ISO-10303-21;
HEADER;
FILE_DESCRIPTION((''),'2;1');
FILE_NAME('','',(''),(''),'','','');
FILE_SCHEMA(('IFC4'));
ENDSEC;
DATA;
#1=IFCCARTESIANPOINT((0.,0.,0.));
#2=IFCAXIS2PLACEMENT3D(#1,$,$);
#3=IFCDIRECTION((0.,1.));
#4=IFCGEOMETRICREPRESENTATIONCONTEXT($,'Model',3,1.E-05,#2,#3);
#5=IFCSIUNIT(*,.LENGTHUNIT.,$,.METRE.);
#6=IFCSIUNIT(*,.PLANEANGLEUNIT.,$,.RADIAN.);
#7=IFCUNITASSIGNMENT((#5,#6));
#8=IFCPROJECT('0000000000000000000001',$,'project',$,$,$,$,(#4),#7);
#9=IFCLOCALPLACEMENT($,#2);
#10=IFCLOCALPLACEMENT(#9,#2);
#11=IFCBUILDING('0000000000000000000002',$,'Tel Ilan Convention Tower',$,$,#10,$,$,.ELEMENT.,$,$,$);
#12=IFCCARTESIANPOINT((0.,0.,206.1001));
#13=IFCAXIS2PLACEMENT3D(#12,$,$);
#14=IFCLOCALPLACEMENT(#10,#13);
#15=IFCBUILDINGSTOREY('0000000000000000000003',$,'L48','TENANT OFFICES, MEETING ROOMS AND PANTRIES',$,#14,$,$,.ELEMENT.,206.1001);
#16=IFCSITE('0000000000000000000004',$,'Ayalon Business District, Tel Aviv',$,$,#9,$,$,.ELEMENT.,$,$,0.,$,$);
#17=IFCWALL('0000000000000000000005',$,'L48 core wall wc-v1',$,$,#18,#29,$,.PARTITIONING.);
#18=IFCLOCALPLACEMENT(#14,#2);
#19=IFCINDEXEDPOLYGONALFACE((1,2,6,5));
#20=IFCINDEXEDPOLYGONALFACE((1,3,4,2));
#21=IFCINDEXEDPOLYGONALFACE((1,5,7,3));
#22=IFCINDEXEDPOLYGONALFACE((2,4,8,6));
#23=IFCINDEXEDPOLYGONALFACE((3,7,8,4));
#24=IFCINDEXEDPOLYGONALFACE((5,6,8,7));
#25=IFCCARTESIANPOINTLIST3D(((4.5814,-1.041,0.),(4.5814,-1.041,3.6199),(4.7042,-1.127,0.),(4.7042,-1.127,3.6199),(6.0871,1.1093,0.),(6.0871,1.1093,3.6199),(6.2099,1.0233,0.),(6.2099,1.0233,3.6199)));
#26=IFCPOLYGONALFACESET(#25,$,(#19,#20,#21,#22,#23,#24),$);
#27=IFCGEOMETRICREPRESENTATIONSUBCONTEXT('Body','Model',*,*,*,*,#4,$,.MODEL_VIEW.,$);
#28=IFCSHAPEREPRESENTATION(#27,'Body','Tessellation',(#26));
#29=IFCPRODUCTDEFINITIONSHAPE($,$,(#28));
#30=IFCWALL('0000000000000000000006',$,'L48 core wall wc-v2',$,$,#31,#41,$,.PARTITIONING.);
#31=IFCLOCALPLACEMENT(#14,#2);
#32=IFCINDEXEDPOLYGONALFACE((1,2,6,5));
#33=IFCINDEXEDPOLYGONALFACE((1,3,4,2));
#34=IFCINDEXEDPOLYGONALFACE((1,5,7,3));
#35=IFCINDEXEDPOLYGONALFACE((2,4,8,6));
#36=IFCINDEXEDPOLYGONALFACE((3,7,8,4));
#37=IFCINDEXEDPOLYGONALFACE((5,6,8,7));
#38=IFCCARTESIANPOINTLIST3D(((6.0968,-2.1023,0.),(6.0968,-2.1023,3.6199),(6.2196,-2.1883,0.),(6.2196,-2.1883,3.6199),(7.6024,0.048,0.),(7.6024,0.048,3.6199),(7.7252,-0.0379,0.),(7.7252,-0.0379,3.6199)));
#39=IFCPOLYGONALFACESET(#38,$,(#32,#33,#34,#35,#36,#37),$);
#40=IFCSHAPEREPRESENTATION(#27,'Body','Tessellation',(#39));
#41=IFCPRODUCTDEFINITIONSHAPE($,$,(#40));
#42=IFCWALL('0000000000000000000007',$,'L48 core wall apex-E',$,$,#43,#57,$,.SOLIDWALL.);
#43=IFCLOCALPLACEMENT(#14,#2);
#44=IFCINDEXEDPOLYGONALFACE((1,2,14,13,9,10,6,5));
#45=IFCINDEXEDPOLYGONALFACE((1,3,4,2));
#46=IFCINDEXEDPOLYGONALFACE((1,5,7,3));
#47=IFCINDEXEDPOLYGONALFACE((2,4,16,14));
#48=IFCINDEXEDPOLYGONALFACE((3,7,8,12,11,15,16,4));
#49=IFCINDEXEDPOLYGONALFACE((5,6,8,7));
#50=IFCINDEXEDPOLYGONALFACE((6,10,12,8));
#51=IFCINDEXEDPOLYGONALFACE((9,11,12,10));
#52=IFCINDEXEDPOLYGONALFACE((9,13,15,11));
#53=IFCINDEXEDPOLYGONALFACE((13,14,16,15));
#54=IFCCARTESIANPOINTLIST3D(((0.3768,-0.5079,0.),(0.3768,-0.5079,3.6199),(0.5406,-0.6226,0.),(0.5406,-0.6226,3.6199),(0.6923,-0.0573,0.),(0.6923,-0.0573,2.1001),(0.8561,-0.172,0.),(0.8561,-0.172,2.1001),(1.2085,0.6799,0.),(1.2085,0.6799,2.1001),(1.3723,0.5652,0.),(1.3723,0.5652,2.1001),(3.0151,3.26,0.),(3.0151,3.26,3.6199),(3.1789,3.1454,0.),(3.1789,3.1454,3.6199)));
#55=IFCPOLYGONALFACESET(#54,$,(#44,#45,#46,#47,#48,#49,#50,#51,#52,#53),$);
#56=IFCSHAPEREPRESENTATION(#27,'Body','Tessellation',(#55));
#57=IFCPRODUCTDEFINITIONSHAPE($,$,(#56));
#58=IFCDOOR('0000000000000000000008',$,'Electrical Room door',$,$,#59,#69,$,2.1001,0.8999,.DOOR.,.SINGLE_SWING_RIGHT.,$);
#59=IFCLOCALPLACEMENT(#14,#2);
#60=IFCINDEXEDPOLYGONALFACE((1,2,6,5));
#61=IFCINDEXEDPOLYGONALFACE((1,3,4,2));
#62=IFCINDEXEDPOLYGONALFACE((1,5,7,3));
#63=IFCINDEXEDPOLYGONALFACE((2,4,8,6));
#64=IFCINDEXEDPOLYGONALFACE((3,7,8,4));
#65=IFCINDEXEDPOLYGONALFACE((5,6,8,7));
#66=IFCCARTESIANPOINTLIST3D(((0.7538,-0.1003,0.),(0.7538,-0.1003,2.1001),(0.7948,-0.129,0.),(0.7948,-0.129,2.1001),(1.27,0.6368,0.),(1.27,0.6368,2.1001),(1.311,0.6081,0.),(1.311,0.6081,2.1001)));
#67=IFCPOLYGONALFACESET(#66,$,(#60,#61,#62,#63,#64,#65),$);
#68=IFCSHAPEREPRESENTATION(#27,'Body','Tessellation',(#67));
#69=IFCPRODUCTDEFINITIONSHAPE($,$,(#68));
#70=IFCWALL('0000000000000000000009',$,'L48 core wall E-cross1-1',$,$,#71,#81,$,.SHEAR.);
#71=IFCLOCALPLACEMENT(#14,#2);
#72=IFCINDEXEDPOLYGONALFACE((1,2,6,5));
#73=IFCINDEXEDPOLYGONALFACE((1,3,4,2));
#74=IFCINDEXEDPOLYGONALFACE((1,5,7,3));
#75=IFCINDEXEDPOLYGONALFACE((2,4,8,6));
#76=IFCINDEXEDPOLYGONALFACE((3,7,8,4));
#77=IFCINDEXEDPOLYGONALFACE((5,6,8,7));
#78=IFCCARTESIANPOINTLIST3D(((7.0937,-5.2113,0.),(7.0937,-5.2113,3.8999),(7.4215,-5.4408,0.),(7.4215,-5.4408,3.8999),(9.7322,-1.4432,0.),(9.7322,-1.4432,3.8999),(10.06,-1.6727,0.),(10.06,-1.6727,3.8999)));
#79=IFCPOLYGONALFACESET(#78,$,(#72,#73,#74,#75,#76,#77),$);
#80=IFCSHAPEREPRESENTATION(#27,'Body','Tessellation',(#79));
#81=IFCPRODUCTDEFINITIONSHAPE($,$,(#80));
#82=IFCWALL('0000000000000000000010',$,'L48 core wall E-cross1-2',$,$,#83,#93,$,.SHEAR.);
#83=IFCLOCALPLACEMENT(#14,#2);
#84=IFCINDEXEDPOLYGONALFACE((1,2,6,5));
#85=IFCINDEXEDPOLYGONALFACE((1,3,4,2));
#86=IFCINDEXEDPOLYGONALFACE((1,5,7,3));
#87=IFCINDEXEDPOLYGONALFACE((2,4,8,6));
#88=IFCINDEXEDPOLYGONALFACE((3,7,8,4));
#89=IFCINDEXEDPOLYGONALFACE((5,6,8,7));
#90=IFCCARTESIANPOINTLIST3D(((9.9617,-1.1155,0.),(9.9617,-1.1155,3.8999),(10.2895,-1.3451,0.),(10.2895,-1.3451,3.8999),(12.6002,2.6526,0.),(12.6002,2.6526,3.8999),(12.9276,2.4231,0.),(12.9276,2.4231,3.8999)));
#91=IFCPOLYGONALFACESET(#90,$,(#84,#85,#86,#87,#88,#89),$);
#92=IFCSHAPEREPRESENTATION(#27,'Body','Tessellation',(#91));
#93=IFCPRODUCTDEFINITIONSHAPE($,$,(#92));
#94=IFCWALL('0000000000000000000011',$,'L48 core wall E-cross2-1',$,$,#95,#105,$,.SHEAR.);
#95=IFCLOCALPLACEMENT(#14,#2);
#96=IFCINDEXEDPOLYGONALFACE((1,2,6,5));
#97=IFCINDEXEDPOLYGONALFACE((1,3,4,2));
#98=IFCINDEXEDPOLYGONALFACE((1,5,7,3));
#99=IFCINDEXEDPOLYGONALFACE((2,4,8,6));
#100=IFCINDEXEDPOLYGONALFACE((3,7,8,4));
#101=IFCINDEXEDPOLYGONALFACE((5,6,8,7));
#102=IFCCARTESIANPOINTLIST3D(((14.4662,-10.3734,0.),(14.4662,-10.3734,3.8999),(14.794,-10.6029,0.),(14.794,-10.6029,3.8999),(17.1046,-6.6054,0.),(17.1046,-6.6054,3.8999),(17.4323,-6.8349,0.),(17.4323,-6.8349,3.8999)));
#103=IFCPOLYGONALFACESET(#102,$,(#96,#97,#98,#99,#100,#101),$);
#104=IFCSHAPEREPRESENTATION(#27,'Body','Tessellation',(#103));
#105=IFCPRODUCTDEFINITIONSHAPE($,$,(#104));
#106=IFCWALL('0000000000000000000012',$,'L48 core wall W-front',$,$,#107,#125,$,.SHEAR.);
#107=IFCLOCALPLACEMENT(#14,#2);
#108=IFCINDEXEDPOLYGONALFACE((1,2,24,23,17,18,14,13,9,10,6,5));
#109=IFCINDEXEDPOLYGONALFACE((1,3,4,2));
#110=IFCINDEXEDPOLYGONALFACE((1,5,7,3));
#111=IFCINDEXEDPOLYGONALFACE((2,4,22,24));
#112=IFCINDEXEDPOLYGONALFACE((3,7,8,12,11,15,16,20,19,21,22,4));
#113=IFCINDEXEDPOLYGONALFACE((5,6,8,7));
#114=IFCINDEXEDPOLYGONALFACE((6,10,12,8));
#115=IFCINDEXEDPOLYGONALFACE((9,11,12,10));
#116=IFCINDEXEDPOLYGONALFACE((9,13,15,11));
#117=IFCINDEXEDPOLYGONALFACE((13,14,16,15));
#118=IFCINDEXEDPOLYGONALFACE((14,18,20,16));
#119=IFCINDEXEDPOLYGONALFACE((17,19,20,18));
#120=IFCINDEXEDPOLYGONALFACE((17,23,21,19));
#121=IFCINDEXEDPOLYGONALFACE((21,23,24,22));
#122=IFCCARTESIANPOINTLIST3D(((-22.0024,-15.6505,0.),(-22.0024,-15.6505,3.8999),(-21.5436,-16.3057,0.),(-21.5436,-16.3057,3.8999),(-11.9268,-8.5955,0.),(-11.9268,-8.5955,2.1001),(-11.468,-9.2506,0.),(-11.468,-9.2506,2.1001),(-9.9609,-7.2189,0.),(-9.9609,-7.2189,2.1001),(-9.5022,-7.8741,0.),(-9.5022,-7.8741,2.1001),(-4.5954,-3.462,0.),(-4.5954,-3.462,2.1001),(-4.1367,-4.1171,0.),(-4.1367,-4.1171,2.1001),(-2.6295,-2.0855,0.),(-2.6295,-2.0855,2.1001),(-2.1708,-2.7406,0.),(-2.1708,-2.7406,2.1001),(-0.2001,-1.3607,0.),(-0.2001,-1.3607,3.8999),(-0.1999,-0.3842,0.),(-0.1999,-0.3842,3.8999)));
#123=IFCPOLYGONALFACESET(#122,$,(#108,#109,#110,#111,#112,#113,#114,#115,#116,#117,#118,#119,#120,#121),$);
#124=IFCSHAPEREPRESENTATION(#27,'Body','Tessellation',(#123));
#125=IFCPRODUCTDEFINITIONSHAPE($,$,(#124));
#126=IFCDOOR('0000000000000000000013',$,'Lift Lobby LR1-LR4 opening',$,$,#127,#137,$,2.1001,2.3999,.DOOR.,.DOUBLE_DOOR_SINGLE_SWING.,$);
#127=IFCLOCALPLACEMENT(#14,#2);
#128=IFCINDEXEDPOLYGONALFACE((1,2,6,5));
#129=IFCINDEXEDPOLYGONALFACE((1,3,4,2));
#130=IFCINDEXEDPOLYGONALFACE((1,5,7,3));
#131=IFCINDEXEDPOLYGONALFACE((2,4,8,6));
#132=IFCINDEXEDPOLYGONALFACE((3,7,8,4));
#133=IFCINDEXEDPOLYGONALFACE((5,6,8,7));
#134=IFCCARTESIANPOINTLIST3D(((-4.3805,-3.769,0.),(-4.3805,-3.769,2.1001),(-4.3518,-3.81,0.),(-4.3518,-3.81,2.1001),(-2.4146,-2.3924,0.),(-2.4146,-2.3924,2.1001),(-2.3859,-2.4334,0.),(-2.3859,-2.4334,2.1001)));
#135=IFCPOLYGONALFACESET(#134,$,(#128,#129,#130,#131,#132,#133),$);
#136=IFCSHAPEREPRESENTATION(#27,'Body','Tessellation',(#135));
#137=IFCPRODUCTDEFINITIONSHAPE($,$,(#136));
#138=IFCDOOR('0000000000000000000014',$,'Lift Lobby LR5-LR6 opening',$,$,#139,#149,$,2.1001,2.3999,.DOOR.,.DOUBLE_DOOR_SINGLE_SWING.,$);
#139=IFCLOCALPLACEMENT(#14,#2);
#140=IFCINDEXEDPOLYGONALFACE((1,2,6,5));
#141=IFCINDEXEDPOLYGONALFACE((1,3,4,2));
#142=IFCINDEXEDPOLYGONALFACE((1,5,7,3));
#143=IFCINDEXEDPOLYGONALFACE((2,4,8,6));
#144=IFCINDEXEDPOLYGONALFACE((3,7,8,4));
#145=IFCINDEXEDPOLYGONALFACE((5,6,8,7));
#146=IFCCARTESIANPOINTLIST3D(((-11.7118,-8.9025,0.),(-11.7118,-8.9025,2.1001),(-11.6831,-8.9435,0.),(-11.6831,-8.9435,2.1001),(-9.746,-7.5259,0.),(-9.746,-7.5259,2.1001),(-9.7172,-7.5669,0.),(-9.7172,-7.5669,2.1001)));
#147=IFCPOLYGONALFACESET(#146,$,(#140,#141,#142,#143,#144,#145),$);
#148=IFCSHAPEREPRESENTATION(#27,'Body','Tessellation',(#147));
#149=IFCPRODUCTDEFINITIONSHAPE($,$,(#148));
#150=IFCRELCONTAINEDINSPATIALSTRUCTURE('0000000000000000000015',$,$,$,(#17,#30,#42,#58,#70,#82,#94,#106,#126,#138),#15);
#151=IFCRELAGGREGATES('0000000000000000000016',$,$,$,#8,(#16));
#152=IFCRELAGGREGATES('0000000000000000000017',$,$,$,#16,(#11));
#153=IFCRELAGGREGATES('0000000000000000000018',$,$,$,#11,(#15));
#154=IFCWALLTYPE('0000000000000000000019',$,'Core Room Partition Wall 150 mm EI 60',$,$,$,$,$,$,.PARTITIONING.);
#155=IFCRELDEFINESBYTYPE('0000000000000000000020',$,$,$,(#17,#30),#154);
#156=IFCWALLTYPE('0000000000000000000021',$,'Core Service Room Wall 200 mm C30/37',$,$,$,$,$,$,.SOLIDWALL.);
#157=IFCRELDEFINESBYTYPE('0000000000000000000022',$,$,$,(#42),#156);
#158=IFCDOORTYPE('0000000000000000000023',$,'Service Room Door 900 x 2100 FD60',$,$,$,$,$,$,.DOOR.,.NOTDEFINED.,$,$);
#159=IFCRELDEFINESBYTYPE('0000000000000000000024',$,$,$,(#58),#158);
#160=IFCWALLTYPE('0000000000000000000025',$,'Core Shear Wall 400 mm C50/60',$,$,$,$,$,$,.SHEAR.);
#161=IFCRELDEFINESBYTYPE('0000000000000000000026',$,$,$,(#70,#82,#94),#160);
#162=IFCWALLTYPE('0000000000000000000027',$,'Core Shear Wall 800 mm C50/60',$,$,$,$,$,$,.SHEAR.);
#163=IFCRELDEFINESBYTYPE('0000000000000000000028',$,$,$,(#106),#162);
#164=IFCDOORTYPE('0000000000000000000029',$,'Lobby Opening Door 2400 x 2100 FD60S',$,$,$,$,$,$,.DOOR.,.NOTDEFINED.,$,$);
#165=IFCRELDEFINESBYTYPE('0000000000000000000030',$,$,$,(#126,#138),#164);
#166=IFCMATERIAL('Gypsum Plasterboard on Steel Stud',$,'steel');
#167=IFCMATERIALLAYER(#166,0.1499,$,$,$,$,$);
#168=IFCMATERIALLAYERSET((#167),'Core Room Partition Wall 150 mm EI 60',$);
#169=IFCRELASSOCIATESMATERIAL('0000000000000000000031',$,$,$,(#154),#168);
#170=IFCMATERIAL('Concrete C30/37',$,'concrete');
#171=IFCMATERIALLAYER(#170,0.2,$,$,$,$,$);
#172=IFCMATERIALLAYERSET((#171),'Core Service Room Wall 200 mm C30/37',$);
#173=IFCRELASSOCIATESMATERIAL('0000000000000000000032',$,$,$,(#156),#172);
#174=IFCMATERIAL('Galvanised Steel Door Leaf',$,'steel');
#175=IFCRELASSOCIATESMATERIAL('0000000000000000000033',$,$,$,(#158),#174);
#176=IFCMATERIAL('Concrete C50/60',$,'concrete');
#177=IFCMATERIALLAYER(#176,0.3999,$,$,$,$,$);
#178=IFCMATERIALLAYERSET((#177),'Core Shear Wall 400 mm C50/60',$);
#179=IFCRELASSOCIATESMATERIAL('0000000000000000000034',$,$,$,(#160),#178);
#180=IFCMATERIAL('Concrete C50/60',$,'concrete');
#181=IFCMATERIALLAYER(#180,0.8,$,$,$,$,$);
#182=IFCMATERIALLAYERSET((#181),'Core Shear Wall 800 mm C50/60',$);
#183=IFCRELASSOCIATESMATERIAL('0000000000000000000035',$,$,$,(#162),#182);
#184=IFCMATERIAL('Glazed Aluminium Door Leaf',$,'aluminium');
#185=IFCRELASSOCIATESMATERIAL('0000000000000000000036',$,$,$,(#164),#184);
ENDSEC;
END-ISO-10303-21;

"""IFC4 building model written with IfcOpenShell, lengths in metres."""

from ifc_helpers import new_model, si_unit, direction, frame, frame_2d, origin, place, context, subcontext, project, spatial, polyline, rectangle, outline, extrude, material, layer, layer_set, type_object, element, fill, save


model = new_model("IFC4")

# Units and contexts
model_context = context("Model", 3, precision=1e-05, world=origin(), true_north=direction((0.0, 1.0)))
body_context = subcontext(model_context, "Body", "Model", "MODEL_VIEW")
ifc_project = project(units=[si_unit("LENGTHUNIT", "METRE"), si_unit("PLANEANGLEUNIT", "RADIAN")], contexts=[model_context])

# Site, building, storey
site_placement = place(None, origin())
site = spatial("IfcSite", under=ifc_project, at=site_placement, Name="Ayalon Business District, Tel Aviv", CompositionType="ELEMENT", RefElevation=0.0)
building_placement = place(site_placement, origin())
building = spatial("IfcBuilding", under=site, at=building_placement, Name="Tel Ilan Convention Tower", CompositionType="ELEMENT")
storey_placement = place(building_placement, frame((0.0, 0.0, 206.1001)))
storey = spatial("IfcBuildingStorey", under=building, at=storey_placement, Name="L48", Description="TENANT OFFICES, MEETING ROOMS AND PANTRIES", CompositionType="ELEMENT", Elevation=206.1001)

# Walls
ifc_material_1 = material(Name="Gypsum Plasterboard on Steel Stud", Category="steel")
ifc_layer_1 = layer(ifc_material_1, 0.1499)
ifc_layer_set_1 = layer_set([ifc_layer_1], Name="Core Room Partition Wall 150 mm EI 60")
wall_type_1 = type_object("IfcWallType", Name="Core Room Partition Wall 150 mm EI 60", PredefinedType="PARTITIONING", material=ifc_layer_set_1)
for number, where, z_axis, x_axis, name in (
    (1, (4.6428, -1.084, 0.0), (0.0, 0.0, 1.0), (0.573593, 0.81914, 0.0), "L48 core wall wc-v1"),
    (2, (6.1582, -2.1453, 0.0), (0.0, 0.0, 1.0), (0.57355, 0.819171, 0.0), "L48 core wall wc-v2"),
):
    element("IfcWall", number, at=place(storey_placement, frame(where, z_axis=z_axis, x_axis=x_axis)), inside=storey, type_object=wall_type_1, Name=name, PredefinedType="PARTITIONING", context=body_context, shape_type="SweptSolid", body=[
        extrude(rectangle(XDim=2.625, YDim=0.1499, at=frame_2d((1.3125, 0.0))), origin(), (0.0, 0.0, 1.0), 3.6199),
    ])

# Wall, opening, door
ifc_material_2 = material(Name="Concrete C30/37", Category="concrete")
ifc_layer_2 = layer(ifc_material_2, 0.2)
ifc_layer_set_2 = layer_set([ifc_layer_2], Name="Core Service Room Wall 200 mm C30/37")
wall_type_2 = type_object("IfcWallType", Name="Core Service Room Wall 200 mm C30/37", PredefinedType="SOLIDWALL", material=ifc_layer_set_2)
wall_1_placement = place(storey_placement, frame((0.4587, -0.5652, 0.0), z_axis=(0.0, 0.0, 1.0), x_axis=(0.573576, 0.819152, 0.0)))
wall_1 = element("IfcWall", 3, at=wall_1_placement, inside=storey, type_object=wall_type_2, Name="L48 core wall apex-E", PredefinedType="SOLIDWALL", context=body_context, shape_type="SweptSolid", body=[
    extrude(rectangle(XDim=4.5999, YDim=0.2, at=frame_2d((2.2998, 0.0))), origin(), (0.0, 0.0, 1.0), 3.6199),
])
opening_1_placement = place(wall_1_placement, frame((0.55, 0.0, 0.0)))
opening_1 = element("IfcOpeningElement", 4, at=opening_1_placement, cuts=wall_1, PredefinedType="OPENING", context=body_context, shape_type="SweptSolid", body=[
    extrude(rectangle(XDim=0.8999, YDim=2.1001, at=frame_2d((0.45, 1.05))), frame((0.0, 0.1099, 0.0), z_axis=(0.0, -1.0, 0.0), x_axis=(1.0, 0.0, 0.0)), (0.0, 0.0, 1.0), 0.22),
])
ifc_material_3 = material(Name="Galvanised Steel Door Leaf", Category="steel")
door_type_1 = type_object("IfcDoorType", Name="Service Room Door 900 x 2100 FD60", OperationType="NOTDEFINED", PredefinedType="DOOR", material=ifc_material_3)
door_1_placement = place(opening_1_placement, origin())
door_1 = element("IfcDoor", 5, at=door_1_placement, inside=storey, type_object=door_type_1, Name="Electrical Room door", OperationType="SINGLE_SWING_RIGHT", OverallHeight=2.1001, OverallWidth=0.8999, PredefinedType="DOOR", context=body_context, shape_type="SweptSolid", body=[
    extrude(rectangle(XDim=0.8999, YDim=2.1001, at=frame_2d((0.45, 1.05))), frame((0.0, 0.0249, 0.0), z_axis=(0.0, -1.0, 0.0), x_axis=(1.0, 0.0, 0.0)), (0.0, 0.0, 1.0), 0.05),
])
fill(opening_1, door_1)

# Walls
ifc_material_4 = material(Name="Concrete C50/60", Category="concrete")
ifc_layer_3 = layer(ifc_material_4, 0.3999)
ifc_layer_set_3 = layer_set([ifc_layer_3], Name="Core Shear Wall 400 mm C50/60")
wall_type_3 = type_object("IfcWallType", Name="Core Shear Wall 400 mm C50/60", PredefinedType="SHEAR", material=ifc_layer_set_3)
wall_2_placement = place(storey_placement, frame((7.2578, -5.3259, 0.0), z_axis=(0.0, 0.0, 1.0), x_axis=(0.573541, 0.819177, 0.0)))
element("IfcWall", 6, at=wall_2_placement, inside=storey, type_object=wall_type_3, Name="L48 core wall E-cross1-1", PredefinedType="SHEAR", context=body_context, shape_type="SweptSolid", body=[
    extrude(outline(polyline([(-0.0002, 0.2002), (-0.0002, -0.2), (4.5999, -0.2002), (4.5999, 0.2), (-0.0002, 0.2002)])), origin(), (0.0, 0.0, 1.0), 3.8999),
])
wall_3_placement = place(storey_placement, frame((10.1255, -1.2302, 0.0), z_axis=(0.0, 0.0, 1.0), x_axis=(0.573576, 0.819152, 0.0)))
element("IfcWall", 7, at=wall_3_placement, inside=storey, type_object=wall_type_3, Name="L48 core wall E-cross1-2", PredefinedType="SHEAR", context=body_context, shape_type="SweptSolid", body=[
    extrude(outline(polyline([(4.5999, -0.2), (4.6001, 0.2), (0.0, 0.2), (0.0, -0.2002), (4.5999, -0.2)])), origin(), (0.0, 0.0, 1.0), 3.8999),
])
wall_4_placement = place(storey_placement, frame((14.6299, -10.4883, 0.0), z_axis=(0.0, 0.0, 1.0), x_axis=(0.573612, 0.819127, 0.0)))
element("IfcWall", 8, at=wall_4_placement, inside=storey, type_object=wall_type_3, Name="L48 core wall E-cross2-1", PredefinedType="SHEAR", context=body_context, shape_type="SweptSolid", body=[
    extrude(outline(polyline([(0.0002, 0.2), (0.0002, -0.2002), (4.6001, -0.2), (4.6001, 0.2002), (0.0002, 0.2)])), origin(), (0.0, 0.0, 1.0), 3.8999),
])

# Wall, openings, doors
ifc_material_5 = material(Name="Concrete C50/60", Category="concrete")
ifc_layer_4 = layer(ifc_material_5, 0.8)
ifc_layer_set_4 = layer_set([ifc_layer_4], Name="Core Shear Wall 800 mm C50/60")
wall_type_4 = type_object("IfcWallType", Name="Core Shear Wall 800 mm C50/60", PredefinedType="SHEAR", material=ifc_layer_set_4)
wall_5_placement = place(storey_placement, frame((0.0293, -0.7119, 0.0), z_axis=(0.0, 0.0, 1.0), x_axis=(-0.819152, -0.573577, 0.0)))
wall_5 = element("IfcWall", 9, at=wall_5_placement, inside=storey, type_object=wall_type_4, Name="L48 core wall W-front", PredefinedType="SHEAR", context=body_context, shape_type="SweptSolid", body=[
    extrude(outline(polyline([(26.6157, 0.3999), (0.5601, 0.3999), (-0.0002, -0.3999), (26.6157, -0.3999), (26.6157, 0.3999)])), origin(), (0.0, 0.0, 1.0), 3.8999),
])
opening_2_placement = place(wall_5_placement, frame((2.9658, 0.0, 0.0)))
opening_2 = element("IfcOpeningElement", 10, at=opening_2_placement, cuts=wall_5, PredefinedType="OPENING", context=body_context, shape_type="SweptSolid", body=[
    extrude(rectangle(XDim=2.3999, YDim=2.1001, at=frame_2d((1.2, 1.05))), frame((0.0, 0.4099, 0.0), z_axis=(0.0, -1.0, 0.0), x_axis=(1.0, 0.0, 0.0)), (0.0, 0.0, 1.0), 0.8201),
])
opening_3_placement = place(wall_5_placement, frame((11.9158, 0.0, 0.0)))
opening_3 = element("IfcOpeningElement", 11, at=opening_3_placement, cuts=wall_5, PredefinedType="OPENING", context=body_context, shape_type="SweptSolid", body=[
    extrude(rectangle(XDim=2.3999, YDim=2.1001, at=frame_2d((1.2, 1.05))), frame((0.0, 0.4099, 0.0), z_axis=(0.0, -1.0, 0.0), x_axis=(1.0, 0.0, 0.0)), (0.0, 0.0, 1.0), 0.8201),
])
ifc_material_6 = material(Name="Glazed Aluminium Door Leaf", Category="aluminium")
door_type_2 = type_object("IfcDoorType", Name="Lobby Opening Door 2400 x 2100 FD60S", OperationType="NOTDEFINED", PredefinedType="DOOR", material=ifc_material_6)
door_2_placement = place(opening_2_placement, origin())
door_2 = element("IfcDoor", 12, at=door_2_placement, inside=storey, type_object=door_type_2, Name="Lift Lobby LR1-LR4 opening", OperationType="DOUBLE_DOOR_SINGLE_SWING", OverallHeight=2.1001, OverallWidth=2.3999, PredefinedType="DOOR", context=body_context, shape_type="SweptSolid", body=[
    extrude(rectangle(XDim=2.3999, YDim=2.1001, at=frame_2d((1.2, 1.05))), frame((0.0, 0.0249, 0.0), z_axis=(0.0, -1.0, 0.0), x_axis=(1.0, 0.0, 0.0)), (0.0, 0.0, 1.0), 0.05),
])
fill(opening_2, door_2)
door_3_placement = place(opening_3_placement, origin())
door_3 = element("IfcDoor", 13, at=door_3_placement, inside=storey, type_object=door_type_2, Name="Lift Lobby LR5-LR6 opening", OperationType="DOUBLE_DOOR_SINGLE_SWING", OverallHeight=2.1001, OverallWidth=2.3999, PredefinedType="DOOR", context=body_context, shape_type="SweptSolid", body=[
    extrude(rectangle(XDim=2.3999, YDim=2.1001, at=frame_2d((1.2, 1.05))), frame((0.0, 0.0249, 0.0), z_axis=(0.0, -1.0, 0.0), x_axis=(1.0, 0.0, 0.0)), (0.0, 0.0, 1.0), 0.05),
])
fill(opening_3, door_3)

save(model, "model.ifc")
